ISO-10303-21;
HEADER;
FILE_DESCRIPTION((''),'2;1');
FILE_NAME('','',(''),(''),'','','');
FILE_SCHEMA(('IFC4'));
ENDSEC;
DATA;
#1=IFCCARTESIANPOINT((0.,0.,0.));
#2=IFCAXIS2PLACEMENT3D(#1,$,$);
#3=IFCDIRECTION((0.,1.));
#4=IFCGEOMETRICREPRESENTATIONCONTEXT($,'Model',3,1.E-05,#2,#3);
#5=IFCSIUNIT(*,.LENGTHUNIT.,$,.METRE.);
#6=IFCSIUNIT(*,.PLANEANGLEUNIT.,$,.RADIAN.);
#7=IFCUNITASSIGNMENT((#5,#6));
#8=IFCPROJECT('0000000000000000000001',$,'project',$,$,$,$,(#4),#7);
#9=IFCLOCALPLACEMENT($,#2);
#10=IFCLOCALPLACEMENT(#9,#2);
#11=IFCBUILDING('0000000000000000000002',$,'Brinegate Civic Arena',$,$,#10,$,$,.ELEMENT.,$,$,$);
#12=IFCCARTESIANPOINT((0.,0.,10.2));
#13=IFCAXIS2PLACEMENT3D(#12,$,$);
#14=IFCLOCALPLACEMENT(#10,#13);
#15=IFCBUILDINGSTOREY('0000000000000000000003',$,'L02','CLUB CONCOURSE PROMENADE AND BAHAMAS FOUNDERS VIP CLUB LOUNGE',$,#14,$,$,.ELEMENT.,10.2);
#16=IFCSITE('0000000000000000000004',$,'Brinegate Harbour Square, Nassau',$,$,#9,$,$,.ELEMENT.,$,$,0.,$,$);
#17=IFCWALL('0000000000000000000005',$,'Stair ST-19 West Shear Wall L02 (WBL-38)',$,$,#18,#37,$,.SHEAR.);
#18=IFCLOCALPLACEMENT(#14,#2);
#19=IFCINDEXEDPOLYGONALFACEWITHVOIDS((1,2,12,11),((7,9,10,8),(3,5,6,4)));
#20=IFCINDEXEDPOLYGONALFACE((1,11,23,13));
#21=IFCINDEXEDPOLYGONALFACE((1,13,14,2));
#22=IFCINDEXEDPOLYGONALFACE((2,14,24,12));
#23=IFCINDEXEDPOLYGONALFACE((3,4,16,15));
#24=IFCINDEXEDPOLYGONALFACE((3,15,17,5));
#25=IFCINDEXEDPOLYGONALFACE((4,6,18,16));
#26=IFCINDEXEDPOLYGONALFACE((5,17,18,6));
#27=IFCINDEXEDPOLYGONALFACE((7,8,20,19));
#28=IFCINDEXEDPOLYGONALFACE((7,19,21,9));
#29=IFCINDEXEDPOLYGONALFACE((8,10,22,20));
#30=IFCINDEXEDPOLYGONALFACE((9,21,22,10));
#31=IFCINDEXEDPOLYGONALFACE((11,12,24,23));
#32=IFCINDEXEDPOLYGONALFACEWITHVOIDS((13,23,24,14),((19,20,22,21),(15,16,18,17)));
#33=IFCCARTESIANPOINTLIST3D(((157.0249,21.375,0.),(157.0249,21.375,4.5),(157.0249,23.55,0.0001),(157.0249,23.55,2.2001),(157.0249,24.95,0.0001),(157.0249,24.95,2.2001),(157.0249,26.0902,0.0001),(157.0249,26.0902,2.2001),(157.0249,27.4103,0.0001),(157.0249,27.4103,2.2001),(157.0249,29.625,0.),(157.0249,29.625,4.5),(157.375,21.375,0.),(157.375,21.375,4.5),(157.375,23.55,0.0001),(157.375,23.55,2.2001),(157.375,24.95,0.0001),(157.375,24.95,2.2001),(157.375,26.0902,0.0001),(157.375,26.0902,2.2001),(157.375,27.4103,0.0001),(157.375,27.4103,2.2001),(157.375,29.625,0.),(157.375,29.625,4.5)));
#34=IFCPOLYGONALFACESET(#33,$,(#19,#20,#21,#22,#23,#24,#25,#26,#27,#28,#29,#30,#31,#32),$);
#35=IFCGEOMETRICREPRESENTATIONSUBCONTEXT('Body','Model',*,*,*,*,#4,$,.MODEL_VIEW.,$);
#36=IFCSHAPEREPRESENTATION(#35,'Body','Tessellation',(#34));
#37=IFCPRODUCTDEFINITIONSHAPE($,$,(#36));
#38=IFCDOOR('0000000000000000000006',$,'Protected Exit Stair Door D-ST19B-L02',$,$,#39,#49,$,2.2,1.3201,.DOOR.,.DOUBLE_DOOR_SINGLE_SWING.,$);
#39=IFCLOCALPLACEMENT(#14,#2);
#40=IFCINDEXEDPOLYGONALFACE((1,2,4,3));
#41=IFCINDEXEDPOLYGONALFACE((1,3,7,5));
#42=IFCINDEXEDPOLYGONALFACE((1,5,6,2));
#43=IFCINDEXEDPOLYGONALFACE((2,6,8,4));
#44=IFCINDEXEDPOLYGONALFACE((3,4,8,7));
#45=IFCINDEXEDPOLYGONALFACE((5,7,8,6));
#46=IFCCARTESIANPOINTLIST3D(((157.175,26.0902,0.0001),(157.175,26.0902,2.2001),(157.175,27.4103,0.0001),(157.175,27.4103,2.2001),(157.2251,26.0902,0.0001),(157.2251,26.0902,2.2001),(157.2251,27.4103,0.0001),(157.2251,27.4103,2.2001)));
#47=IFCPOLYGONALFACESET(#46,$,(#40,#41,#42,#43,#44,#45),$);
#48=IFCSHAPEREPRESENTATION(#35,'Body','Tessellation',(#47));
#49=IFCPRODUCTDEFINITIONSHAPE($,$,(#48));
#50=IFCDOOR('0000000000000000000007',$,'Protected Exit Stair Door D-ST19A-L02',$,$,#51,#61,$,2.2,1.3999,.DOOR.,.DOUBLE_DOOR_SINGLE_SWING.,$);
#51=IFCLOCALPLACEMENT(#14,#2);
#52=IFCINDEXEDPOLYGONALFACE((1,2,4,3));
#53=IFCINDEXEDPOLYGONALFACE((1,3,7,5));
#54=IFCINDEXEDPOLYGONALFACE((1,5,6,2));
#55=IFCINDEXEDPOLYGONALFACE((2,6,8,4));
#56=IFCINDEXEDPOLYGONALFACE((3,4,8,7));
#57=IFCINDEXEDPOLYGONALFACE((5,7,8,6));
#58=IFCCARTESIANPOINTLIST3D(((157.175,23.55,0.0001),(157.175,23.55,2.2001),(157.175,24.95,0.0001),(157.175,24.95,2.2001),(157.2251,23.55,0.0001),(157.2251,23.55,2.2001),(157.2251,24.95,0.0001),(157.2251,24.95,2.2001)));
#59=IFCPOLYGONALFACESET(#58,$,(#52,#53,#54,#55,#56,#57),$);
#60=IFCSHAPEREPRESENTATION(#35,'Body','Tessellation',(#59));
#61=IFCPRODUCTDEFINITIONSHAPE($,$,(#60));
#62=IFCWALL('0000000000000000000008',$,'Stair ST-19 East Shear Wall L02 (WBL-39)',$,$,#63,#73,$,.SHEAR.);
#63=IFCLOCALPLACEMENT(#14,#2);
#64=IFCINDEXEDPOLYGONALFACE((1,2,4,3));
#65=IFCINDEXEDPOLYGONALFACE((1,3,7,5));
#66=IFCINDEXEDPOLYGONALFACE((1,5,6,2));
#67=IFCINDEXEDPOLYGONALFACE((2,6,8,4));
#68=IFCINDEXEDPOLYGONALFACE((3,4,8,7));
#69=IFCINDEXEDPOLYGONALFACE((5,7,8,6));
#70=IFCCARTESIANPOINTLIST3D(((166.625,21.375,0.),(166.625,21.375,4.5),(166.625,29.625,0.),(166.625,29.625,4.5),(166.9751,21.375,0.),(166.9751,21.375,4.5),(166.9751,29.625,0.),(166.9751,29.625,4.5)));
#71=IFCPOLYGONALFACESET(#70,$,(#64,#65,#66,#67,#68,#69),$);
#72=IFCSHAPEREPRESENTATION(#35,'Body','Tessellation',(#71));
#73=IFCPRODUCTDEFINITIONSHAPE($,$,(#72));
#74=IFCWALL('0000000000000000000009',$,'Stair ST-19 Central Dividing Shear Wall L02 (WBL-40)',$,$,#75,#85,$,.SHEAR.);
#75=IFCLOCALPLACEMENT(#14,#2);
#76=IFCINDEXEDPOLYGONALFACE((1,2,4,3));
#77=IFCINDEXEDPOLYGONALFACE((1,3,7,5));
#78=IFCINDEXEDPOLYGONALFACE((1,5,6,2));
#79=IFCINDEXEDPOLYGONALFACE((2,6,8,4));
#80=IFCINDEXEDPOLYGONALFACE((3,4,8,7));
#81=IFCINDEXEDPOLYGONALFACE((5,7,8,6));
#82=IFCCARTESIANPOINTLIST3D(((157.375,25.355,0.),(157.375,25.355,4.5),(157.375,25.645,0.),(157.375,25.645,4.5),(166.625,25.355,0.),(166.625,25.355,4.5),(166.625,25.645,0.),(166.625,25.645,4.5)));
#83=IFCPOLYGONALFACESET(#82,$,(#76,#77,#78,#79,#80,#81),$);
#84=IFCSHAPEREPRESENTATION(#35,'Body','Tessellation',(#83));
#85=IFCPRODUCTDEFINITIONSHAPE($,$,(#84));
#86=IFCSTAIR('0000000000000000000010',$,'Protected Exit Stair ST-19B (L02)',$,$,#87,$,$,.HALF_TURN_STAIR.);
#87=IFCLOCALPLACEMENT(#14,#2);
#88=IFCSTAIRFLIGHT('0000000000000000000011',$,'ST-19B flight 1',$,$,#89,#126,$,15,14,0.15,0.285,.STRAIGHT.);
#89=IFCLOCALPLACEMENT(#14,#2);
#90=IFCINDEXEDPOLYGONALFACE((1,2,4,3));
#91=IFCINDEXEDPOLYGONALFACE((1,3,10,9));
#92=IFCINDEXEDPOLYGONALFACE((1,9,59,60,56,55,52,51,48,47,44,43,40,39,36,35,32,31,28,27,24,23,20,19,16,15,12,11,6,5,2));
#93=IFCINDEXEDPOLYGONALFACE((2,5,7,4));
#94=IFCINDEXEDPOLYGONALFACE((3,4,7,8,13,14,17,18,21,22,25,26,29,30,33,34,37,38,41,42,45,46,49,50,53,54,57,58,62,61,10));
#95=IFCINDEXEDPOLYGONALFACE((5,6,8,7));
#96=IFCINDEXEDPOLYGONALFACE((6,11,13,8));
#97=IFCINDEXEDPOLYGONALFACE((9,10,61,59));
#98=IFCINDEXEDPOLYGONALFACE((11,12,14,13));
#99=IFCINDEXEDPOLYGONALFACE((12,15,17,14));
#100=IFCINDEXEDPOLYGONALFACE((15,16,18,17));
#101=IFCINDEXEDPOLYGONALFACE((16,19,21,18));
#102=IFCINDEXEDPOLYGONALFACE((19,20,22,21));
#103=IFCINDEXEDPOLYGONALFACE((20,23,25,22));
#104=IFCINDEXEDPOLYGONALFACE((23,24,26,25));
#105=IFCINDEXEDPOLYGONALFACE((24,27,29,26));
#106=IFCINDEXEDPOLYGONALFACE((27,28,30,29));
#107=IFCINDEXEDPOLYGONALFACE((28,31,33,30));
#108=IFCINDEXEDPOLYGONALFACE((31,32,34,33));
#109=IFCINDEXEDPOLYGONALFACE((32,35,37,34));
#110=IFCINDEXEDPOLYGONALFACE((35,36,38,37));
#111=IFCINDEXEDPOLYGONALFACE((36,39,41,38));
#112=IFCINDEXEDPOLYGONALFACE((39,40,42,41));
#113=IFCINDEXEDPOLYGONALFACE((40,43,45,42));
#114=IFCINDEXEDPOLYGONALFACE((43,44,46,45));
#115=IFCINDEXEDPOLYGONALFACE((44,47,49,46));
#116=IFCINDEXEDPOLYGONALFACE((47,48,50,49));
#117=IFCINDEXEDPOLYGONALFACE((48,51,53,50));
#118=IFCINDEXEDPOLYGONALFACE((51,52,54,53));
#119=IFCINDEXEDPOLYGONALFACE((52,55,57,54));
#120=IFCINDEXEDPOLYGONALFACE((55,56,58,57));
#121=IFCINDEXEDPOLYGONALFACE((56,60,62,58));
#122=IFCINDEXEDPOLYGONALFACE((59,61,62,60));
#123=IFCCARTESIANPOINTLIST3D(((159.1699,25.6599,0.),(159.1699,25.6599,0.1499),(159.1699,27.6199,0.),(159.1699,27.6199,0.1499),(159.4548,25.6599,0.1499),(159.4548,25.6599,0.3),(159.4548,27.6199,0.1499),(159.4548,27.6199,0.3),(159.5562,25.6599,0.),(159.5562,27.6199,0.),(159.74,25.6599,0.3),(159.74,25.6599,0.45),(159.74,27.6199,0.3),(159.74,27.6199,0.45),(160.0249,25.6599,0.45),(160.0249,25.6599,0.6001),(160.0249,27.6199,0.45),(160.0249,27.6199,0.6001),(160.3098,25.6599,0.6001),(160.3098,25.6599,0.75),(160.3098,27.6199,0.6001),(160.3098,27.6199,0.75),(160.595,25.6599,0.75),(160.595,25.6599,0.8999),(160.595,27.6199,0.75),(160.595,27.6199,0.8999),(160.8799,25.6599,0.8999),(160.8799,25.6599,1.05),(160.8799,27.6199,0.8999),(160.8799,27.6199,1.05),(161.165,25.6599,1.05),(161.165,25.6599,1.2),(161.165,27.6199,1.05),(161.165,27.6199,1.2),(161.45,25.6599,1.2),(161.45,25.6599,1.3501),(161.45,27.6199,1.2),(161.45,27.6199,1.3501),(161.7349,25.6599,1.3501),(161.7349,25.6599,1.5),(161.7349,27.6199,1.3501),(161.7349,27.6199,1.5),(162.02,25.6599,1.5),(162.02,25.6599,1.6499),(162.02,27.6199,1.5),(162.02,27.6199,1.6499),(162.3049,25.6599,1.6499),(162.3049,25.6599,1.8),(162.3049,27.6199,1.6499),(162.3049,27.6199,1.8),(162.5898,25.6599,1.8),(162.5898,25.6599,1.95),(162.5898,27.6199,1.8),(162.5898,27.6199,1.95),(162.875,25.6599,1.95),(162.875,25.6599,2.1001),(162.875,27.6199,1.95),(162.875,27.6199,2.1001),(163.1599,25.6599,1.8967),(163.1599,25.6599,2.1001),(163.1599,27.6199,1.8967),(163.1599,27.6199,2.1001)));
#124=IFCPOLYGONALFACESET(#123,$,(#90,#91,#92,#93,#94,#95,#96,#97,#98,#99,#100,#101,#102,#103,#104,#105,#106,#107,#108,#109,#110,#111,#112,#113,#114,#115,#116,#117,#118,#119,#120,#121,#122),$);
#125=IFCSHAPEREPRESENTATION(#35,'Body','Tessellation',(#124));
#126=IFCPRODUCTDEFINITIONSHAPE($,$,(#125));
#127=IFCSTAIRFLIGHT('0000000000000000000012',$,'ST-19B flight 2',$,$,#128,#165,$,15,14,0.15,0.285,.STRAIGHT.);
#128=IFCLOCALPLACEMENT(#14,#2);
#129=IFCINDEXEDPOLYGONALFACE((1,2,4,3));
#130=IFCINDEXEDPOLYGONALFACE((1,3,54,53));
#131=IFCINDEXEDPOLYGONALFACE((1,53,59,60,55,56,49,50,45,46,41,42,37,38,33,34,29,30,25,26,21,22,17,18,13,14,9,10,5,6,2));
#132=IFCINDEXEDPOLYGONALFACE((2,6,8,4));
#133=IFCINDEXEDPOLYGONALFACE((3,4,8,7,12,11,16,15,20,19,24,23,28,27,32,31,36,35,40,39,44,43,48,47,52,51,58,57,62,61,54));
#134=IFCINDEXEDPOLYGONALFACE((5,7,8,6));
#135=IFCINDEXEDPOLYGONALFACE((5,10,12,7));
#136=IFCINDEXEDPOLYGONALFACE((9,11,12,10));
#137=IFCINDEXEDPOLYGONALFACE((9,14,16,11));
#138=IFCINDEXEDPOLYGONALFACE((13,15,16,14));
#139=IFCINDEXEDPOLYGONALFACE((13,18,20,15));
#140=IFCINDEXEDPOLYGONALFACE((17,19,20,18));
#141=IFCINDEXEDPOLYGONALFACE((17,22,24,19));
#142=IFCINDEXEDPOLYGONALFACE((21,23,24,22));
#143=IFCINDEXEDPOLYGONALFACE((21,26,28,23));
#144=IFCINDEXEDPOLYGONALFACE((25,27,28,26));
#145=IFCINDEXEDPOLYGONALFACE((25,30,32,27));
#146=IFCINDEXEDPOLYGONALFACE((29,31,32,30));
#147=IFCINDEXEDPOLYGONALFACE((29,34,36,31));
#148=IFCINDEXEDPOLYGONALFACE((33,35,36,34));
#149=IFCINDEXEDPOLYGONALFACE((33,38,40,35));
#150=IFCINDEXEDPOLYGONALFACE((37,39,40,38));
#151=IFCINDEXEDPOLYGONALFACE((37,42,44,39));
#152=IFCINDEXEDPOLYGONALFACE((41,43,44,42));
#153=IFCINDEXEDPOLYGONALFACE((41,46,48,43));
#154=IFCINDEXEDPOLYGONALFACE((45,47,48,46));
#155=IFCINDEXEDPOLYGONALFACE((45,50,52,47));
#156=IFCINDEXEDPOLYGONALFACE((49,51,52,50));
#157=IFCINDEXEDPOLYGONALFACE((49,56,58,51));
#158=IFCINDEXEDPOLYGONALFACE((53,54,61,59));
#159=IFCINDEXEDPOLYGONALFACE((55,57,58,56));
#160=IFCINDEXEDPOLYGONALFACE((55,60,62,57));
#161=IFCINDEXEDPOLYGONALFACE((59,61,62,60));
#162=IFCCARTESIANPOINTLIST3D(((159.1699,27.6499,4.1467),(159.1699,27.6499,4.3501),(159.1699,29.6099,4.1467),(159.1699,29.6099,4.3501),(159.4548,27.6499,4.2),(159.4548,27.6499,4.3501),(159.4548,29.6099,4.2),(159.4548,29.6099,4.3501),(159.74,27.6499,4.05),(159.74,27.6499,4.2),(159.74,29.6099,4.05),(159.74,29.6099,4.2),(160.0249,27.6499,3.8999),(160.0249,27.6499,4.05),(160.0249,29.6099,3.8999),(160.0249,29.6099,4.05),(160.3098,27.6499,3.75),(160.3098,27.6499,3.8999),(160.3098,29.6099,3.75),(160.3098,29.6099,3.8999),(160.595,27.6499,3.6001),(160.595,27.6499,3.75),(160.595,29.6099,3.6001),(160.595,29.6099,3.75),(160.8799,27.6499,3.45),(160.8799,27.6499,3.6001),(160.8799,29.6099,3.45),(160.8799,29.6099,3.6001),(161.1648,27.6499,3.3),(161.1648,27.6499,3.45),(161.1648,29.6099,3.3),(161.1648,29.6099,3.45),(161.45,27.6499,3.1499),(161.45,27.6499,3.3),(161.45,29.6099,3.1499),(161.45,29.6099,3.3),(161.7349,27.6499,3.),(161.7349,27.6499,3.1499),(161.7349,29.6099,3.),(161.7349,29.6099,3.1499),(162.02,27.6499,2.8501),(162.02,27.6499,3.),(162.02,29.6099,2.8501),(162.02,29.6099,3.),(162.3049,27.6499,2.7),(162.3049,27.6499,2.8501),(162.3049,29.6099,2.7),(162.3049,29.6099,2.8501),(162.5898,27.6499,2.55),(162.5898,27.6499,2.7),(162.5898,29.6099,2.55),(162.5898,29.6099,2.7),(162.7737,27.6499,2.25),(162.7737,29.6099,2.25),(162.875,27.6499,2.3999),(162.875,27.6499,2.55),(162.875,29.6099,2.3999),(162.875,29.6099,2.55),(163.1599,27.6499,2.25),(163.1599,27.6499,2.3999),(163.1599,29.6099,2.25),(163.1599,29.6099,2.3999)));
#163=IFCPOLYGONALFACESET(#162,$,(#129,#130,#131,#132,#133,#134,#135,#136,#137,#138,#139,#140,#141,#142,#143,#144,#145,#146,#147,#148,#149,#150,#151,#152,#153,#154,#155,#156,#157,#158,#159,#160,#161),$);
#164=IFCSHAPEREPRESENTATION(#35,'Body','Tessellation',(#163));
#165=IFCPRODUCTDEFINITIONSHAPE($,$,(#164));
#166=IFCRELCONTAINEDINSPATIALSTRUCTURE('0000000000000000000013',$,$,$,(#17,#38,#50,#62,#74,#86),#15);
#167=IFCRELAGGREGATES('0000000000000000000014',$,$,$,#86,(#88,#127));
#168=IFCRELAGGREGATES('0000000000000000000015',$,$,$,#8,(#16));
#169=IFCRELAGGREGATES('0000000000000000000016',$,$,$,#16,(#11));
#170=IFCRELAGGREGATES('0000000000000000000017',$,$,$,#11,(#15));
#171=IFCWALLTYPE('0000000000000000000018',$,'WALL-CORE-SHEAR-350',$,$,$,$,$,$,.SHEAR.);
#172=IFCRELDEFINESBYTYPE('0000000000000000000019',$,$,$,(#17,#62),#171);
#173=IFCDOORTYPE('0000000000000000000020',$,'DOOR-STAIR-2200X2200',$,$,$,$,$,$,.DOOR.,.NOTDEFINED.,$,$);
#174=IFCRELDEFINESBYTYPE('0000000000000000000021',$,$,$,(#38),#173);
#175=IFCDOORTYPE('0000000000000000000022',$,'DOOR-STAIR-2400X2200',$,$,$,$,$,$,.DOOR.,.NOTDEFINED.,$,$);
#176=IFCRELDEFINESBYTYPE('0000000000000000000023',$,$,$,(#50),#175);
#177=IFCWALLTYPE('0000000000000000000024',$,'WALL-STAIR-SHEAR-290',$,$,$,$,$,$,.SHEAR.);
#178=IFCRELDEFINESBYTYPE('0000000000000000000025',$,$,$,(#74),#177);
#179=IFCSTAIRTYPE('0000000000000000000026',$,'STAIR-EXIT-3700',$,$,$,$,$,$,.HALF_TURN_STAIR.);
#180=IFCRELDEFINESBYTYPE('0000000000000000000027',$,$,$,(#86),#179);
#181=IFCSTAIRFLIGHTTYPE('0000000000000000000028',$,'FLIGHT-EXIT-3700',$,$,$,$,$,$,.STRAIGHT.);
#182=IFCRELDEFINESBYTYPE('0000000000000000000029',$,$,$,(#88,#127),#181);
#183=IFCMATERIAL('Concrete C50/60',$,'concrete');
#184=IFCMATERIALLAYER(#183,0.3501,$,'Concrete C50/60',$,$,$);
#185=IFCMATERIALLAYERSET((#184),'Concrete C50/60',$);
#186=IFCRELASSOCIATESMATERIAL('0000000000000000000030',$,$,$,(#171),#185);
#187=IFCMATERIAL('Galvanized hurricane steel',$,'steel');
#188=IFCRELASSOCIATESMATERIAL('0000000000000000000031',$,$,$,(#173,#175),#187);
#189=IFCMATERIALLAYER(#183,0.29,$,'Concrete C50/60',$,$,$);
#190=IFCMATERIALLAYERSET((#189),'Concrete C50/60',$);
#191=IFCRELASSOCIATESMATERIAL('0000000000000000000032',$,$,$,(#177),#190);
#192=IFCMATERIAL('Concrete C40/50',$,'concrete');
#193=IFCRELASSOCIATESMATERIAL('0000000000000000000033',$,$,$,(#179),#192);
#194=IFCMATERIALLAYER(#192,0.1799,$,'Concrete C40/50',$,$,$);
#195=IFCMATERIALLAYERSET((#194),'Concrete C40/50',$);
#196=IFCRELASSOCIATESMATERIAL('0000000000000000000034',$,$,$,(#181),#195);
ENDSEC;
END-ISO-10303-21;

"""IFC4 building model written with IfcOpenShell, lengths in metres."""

from ifc_helpers import new_model, si_unit, direction, frame, frame_2d, origin, place, context, subcontext, project, spatial, polyline, rectangle, outline, extrude, material, layer, layer_set, type_object, element, fill, aggregate, save


model = new_model("IFC4")

# Units and contexts
model_context = context("Model", 3, precision=1e-05, world=origin(), true_north=direction((0.0, 1.0)))
body_context = subcontext(model_context, "Body", "Model", "MODEL_VIEW")
ifc_project = project(units=[si_unit("LENGTHUNIT", "METRE"), si_unit("PLANEANGLEUNIT", "RADIAN")], contexts=[model_context])

# Site, building, storey
site_placement = place(None, origin())
site = spatial("IfcSite", under=ifc_project, at=site_placement, Name="Brinegate Harbour Square, Nassau", CompositionType="ELEMENT", RefElevation=0.0)
building_placement = place(site_placement, origin())
building = spatial("IfcBuilding", under=site, at=building_placement, Name="Brinegate Civic Arena", CompositionType="ELEMENT")
storey_placement = place(building_placement, frame((0.0, 0.0, 10.2)))
storey = spatial("IfcBuildingStorey", under=building, at=storey_placement, Name="L02", Description="CLUB CONCOURSE PROMENADE AND BAHAMAS FOUNDERS VIP CLUB LOUNGE", CompositionType="ELEMENT", Elevation=10.2)

# Shared definitions
ifc_material_1 = material(Name="Concrete C50/60", Category="concrete")

# Shared definitions
ifc_layer_1 = layer(ifc_material_1, 0.3501, Name="Concrete C50/60")
ifc_layer_set_1 = layer_set([ifc_layer_1], Name="Concrete C50/60")
wall_type_1 = type_object("IfcWallType", Name="WALL-CORE-SHEAR-350", PredefinedType="SHEAR", material=ifc_layer_set_1)

# Wall, openings, doors
wall_1_placement = place(storey_placement, frame((157.2, 21.375, 0.0), z_axis=(0.0, 0.0, 1.0), x_axis=(0.0, 1.0, 0.0)))
wall_1 = element("IfcWall", 1, at=wall_1_placement, inside=storey, type_object=wall_type_1, Name="Stair ST-19 West Shear Wall L02 (WBL-38)", PredefinedType="SHEAR", context=body_context, shape_type="SweptSolid", body=[
    extrude(rectangle(XDim=8.25, YDim=0.3501, at=frame_2d((4.125, 0.0))), origin(), (0.0, 0.0, 1.0), 4.5),
])
opening_1_placement = place(wall_1_placement, frame((2.175, 0.0, 0.0)))
opening_1 = element("IfcOpeningElement", 2, at=opening_1_placement, cuts=wall_1, PredefinedType="OPENING", context=body_context, shape_type="SweptSolid", body=[
    extrude(rectangle(XDim=1.3999, YDim=2.2, at=frame_2d((0.7, 1.1001))), frame((0.0, 0.1851, 0.0), z_axis=(0.0, -1.0, 0.0), x_axis=(1.0, 0.0, 0.0)), (0.0, 0.0, 1.0), 0.3701),
])
opening_2_placement = place(wall_1_placement, frame((4.7151, 0.0, 0.0)))
opening_2 = element("IfcOpeningElement", 3, at=opening_2_placement, cuts=wall_1, PredefinedType="OPENING", context=body_context, shape_type="SweptSolid", body=[
    extrude(rectangle(XDim=1.3201, YDim=2.2, at=frame_2d((0.6602, 1.1001))), frame((0.0, 0.1851, 0.0), z_axis=(0.0, -1.0, 0.0), x_axis=(1.0, 0.0, 0.0)), (0.0, 0.0, 1.0), 0.3701),
])
ifc_material_2 = material(Name="Galvanized hurricane steel", Category="steel")
door_type_1 = type_object("IfcDoorType", Name="DOOR-STAIR-2200X2200", OperationType="NOTDEFINED", PredefinedType="DOOR", material=ifc_material_2)
door_1_placement = place(opening_2_placement, origin())
door_1 = element("IfcDoor", 4, at=door_1_placement, inside=storey, type_object=door_type_1, Name="Protected Exit Stair Door D-ST19B-L02", OperationType="DOUBLE_DOOR_SINGLE_SWING", OverallHeight=2.2, OverallWidth=1.3201, PredefinedType="DOOR", context=body_context, shape_type="SweptSolid", body=[
    extrude(rectangle(XDim=1.3201, YDim=2.2, at=frame_2d((0.6602, 1.1001))), frame((0.0, 0.0249, 0.0), z_axis=(0.0, -1.0, 0.0), x_axis=(1.0, 0.0, 0.0)), (0.0, 0.0, 1.0), 0.05),
])
fill(opening_2, door_1)
door_type_2 = type_object("IfcDoorType", Name="DOOR-STAIR-2400X2200", OperationType="NOTDEFINED", PredefinedType="DOOR", material=ifc_material_2)
door_2_placement = place(opening_1_placement, origin())
door_2 = element("IfcDoor", 5, at=door_2_placement, inside=storey, type_object=door_type_2, Name="Protected Exit Stair Door D-ST19A-L02", OperationType="DOUBLE_DOOR_SINGLE_SWING", OverallHeight=2.2, OverallWidth=1.3999, PredefinedType="DOOR", context=body_context, shape_type="SweptSolid", body=[
    extrude(rectangle(XDim=1.3999, YDim=2.2, at=frame_2d((0.7, 1.1001))), frame((0.0, 0.0249, 0.0), z_axis=(0.0, -1.0, 0.0), x_axis=(1.0, 0.0, 0.0)), (0.0, 0.0, 1.0), 0.05),
])
fill(opening_1, door_2)

# Walls
wall_2_placement = place(storey_placement, frame((166.8, 21.375, 0.0), z_axis=(0.0, 0.0, 1.0), x_axis=(0.0, 1.0, 0.0)))
element("IfcWall", 6, at=wall_2_placement, inside=storey, type_object=wall_type_1, Name="Stair ST-19 East Shear Wall L02 (WBL-39)", PredefinedType="SHEAR", context=body_context, shape_type="SweptSolid", body=[
    extrude(rectangle(XDim=8.25, YDim=0.3501, at=frame_2d((4.125, 0.0))), origin(), (0.0, 0.0, 1.0), 4.5),
])
ifc_layer_2 = layer(ifc_material_1, 0.29, Name="Concrete C50/60")
ifc_layer_set_2 = layer_set([ifc_layer_2], Name="Concrete C50/60")
wall_type_2 = type_object("IfcWallType", Name="WALL-STAIR-SHEAR-290", PredefinedType="SHEAR", material=ifc_layer_set_2)
wall_3_placement = place(storey_placement, frame((157.375, 25.5, 0.0), z_axis=(0.0, 0.0, 1.0), x_axis=(1.0, 0.0, 0.0)))
element("IfcWall", 7, at=wall_3_placement, inside=storey, type_object=wall_type_2, Name="Stair ST-19 Central Dividing Shear Wall L02 (WBL-40)", PredefinedType="SHEAR", context=body_context, shape_type="SweptSolid", body=[
    extrude(rectangle(XDim=9.25, YDim=0.29, at=frame_2d((4.625, 0.0))), origin(), (0.0, 0.0, 1.0), 4.5),
])

# Stair, stair flights
ifc_material_3 = material(Name="Concrete C40/50", Category="concrete")
stair_type_1 = type_object("IfcStairType", Name="STAIR-EXIT-3700", PredefinedType="HALF_TURN_STAIR", material=ifc_material_3)
stair_1_placement = place(storey_placement, origin())
stair_1 = element("IfcStair", 8, at=stair_1_placement, inside=storey, type_object=stair_type_1, Name="Protected Exit Stair ST-19B (L02)", PredefinedType="HALF_TURN_STAIR")
ifc_layer_3 = layer(ifc_material_3, 0.1799, Name="Concrete C40/50")
ifc_layer_set_3 = layer_set([ifc_layer_3], Name="Concrete C40/50")
stair_flight_type_1 = type_object("IfcStairFlightType", Name="FLIGHT-EXIT-3700", PredefinedType="STRAIGHT", material=ifc_layer_set_3)
stair_flight_1_placement = place(storey_placement, frame((159.1699, 26.6399, 0.0), z_axis=(0.0, 0.0, 1.0), x_axis=(1.0, 0.0, 0.0)))
stair_flight_1 = element("IfcStairFlight", 9, at=stair_flight_1_placement, type_object=stair_flight_type_1, Name="ST-19B flight 1", NumberOfRisers=15, NumberOfTreads=14, PredefinedType="STRAIGHT", RiserHeight=0.15, TreadLength=0.285, context=body_context, shape_type="SweptSolid", body=[
    extrude(outline(polyline([(0.0, 0.0), (0.0, 0.1499), (0.2849, 0.1499), (0.2849, 0.3), (0.5701, 0.3), (0.5701, 0.45), (0.855, 0.45), (0.855, 0.6001), (1.1399, 0.6001), (1.1399, 0.75), (1.425, 0.75), (1.425, 0.8999), (1.71, 0.8999), (1.71, 1.05), (1.9951, 1.05), (1.9951, 1.2), (2.28, 1.2), (2.28, 1.3501), (2.5649, 1.3501), (2.5649, 1.5), (2.8501, 1.5), (2.8501, 1.6499), (3.135, 1.6499), (3.135, 1.8), (3.4199, 1.8), (3.4199, 1.95), (3.7051, 1.95), (3.7051, 2.1001), (3.99, 2.1001), (3.99, 2.25), (3.99, 1.8967), (0.3862, 0.0), (0.0, 0.0)])), frame((0.0, 0.98, 0.0), z_axis=(0.0, -1.0, 0.0), x_axis=(1.0, 0.0, 0.0)), (0.0, 0.0, 1.0), 1.96),
])
stair_flight_2_placement = place(storey_placement, frame((163.1599, 28.6299, 2.25), z_axis=(0.0, 0.0, 1.0), x_axis=(-1.0, 0.0, 0.0)))
stair_flight_2 = element("IfcStairFlight", 10, at=stair_flight_2_placement, type_object=stair_flight_type_1, Name="ST-19B flight 2", NumberOfRisers=15, NumberOfTreads=14, PredefinedType="STRAIGHT", RiserHeight=0.15, TreadLength=0.285, context=body_context, shape_type="SweptSolid", body=[
    extrude(outline(polyline([(0.0, 0.0), (0.0, 0.1499), (0.2849, 0.1499), (0.2849, 0.3), (0.5701, 0.3), (0.5701, 0.45), (0.855, 0.45), (0.855, 0.6001), (1.1399, 0.6001), (1.1399, 0.75), (1.425, 0.75), (1.425, 0.8999), (1.71, 0.8999), (1.71, 1.05), (1.9951, 1.05), (1.9951, 1.2), (2.28, 1.2), (2.28, 1.3501), (2.5649, 1.3501), (2.5649, 1.5), (2.8501, 1.5), (2.8501, 1.6499), (3.135, 1.6499), (3.135, 1.8), (3.4199, 1.8), (3.4199, 1.95), (3.7051, 1.95), (3.7051, 2.1001), (3.99, 2.1001), (3.99, 2.25), (3.99, 1.8967), (0.3862, 0.0), (0.0, 0.0)])), frame((0.0, 0.98, 0.0), z_axis=(0.0, -1.0, 0.0), x_axis=(1.0, 0.0, 0.0)), (0.0, 0.0, 1.0), 1.96),
])
aggregate(stair_1, [stair_flight_1, stair_flight_2])

save(model, "model.ifc")
